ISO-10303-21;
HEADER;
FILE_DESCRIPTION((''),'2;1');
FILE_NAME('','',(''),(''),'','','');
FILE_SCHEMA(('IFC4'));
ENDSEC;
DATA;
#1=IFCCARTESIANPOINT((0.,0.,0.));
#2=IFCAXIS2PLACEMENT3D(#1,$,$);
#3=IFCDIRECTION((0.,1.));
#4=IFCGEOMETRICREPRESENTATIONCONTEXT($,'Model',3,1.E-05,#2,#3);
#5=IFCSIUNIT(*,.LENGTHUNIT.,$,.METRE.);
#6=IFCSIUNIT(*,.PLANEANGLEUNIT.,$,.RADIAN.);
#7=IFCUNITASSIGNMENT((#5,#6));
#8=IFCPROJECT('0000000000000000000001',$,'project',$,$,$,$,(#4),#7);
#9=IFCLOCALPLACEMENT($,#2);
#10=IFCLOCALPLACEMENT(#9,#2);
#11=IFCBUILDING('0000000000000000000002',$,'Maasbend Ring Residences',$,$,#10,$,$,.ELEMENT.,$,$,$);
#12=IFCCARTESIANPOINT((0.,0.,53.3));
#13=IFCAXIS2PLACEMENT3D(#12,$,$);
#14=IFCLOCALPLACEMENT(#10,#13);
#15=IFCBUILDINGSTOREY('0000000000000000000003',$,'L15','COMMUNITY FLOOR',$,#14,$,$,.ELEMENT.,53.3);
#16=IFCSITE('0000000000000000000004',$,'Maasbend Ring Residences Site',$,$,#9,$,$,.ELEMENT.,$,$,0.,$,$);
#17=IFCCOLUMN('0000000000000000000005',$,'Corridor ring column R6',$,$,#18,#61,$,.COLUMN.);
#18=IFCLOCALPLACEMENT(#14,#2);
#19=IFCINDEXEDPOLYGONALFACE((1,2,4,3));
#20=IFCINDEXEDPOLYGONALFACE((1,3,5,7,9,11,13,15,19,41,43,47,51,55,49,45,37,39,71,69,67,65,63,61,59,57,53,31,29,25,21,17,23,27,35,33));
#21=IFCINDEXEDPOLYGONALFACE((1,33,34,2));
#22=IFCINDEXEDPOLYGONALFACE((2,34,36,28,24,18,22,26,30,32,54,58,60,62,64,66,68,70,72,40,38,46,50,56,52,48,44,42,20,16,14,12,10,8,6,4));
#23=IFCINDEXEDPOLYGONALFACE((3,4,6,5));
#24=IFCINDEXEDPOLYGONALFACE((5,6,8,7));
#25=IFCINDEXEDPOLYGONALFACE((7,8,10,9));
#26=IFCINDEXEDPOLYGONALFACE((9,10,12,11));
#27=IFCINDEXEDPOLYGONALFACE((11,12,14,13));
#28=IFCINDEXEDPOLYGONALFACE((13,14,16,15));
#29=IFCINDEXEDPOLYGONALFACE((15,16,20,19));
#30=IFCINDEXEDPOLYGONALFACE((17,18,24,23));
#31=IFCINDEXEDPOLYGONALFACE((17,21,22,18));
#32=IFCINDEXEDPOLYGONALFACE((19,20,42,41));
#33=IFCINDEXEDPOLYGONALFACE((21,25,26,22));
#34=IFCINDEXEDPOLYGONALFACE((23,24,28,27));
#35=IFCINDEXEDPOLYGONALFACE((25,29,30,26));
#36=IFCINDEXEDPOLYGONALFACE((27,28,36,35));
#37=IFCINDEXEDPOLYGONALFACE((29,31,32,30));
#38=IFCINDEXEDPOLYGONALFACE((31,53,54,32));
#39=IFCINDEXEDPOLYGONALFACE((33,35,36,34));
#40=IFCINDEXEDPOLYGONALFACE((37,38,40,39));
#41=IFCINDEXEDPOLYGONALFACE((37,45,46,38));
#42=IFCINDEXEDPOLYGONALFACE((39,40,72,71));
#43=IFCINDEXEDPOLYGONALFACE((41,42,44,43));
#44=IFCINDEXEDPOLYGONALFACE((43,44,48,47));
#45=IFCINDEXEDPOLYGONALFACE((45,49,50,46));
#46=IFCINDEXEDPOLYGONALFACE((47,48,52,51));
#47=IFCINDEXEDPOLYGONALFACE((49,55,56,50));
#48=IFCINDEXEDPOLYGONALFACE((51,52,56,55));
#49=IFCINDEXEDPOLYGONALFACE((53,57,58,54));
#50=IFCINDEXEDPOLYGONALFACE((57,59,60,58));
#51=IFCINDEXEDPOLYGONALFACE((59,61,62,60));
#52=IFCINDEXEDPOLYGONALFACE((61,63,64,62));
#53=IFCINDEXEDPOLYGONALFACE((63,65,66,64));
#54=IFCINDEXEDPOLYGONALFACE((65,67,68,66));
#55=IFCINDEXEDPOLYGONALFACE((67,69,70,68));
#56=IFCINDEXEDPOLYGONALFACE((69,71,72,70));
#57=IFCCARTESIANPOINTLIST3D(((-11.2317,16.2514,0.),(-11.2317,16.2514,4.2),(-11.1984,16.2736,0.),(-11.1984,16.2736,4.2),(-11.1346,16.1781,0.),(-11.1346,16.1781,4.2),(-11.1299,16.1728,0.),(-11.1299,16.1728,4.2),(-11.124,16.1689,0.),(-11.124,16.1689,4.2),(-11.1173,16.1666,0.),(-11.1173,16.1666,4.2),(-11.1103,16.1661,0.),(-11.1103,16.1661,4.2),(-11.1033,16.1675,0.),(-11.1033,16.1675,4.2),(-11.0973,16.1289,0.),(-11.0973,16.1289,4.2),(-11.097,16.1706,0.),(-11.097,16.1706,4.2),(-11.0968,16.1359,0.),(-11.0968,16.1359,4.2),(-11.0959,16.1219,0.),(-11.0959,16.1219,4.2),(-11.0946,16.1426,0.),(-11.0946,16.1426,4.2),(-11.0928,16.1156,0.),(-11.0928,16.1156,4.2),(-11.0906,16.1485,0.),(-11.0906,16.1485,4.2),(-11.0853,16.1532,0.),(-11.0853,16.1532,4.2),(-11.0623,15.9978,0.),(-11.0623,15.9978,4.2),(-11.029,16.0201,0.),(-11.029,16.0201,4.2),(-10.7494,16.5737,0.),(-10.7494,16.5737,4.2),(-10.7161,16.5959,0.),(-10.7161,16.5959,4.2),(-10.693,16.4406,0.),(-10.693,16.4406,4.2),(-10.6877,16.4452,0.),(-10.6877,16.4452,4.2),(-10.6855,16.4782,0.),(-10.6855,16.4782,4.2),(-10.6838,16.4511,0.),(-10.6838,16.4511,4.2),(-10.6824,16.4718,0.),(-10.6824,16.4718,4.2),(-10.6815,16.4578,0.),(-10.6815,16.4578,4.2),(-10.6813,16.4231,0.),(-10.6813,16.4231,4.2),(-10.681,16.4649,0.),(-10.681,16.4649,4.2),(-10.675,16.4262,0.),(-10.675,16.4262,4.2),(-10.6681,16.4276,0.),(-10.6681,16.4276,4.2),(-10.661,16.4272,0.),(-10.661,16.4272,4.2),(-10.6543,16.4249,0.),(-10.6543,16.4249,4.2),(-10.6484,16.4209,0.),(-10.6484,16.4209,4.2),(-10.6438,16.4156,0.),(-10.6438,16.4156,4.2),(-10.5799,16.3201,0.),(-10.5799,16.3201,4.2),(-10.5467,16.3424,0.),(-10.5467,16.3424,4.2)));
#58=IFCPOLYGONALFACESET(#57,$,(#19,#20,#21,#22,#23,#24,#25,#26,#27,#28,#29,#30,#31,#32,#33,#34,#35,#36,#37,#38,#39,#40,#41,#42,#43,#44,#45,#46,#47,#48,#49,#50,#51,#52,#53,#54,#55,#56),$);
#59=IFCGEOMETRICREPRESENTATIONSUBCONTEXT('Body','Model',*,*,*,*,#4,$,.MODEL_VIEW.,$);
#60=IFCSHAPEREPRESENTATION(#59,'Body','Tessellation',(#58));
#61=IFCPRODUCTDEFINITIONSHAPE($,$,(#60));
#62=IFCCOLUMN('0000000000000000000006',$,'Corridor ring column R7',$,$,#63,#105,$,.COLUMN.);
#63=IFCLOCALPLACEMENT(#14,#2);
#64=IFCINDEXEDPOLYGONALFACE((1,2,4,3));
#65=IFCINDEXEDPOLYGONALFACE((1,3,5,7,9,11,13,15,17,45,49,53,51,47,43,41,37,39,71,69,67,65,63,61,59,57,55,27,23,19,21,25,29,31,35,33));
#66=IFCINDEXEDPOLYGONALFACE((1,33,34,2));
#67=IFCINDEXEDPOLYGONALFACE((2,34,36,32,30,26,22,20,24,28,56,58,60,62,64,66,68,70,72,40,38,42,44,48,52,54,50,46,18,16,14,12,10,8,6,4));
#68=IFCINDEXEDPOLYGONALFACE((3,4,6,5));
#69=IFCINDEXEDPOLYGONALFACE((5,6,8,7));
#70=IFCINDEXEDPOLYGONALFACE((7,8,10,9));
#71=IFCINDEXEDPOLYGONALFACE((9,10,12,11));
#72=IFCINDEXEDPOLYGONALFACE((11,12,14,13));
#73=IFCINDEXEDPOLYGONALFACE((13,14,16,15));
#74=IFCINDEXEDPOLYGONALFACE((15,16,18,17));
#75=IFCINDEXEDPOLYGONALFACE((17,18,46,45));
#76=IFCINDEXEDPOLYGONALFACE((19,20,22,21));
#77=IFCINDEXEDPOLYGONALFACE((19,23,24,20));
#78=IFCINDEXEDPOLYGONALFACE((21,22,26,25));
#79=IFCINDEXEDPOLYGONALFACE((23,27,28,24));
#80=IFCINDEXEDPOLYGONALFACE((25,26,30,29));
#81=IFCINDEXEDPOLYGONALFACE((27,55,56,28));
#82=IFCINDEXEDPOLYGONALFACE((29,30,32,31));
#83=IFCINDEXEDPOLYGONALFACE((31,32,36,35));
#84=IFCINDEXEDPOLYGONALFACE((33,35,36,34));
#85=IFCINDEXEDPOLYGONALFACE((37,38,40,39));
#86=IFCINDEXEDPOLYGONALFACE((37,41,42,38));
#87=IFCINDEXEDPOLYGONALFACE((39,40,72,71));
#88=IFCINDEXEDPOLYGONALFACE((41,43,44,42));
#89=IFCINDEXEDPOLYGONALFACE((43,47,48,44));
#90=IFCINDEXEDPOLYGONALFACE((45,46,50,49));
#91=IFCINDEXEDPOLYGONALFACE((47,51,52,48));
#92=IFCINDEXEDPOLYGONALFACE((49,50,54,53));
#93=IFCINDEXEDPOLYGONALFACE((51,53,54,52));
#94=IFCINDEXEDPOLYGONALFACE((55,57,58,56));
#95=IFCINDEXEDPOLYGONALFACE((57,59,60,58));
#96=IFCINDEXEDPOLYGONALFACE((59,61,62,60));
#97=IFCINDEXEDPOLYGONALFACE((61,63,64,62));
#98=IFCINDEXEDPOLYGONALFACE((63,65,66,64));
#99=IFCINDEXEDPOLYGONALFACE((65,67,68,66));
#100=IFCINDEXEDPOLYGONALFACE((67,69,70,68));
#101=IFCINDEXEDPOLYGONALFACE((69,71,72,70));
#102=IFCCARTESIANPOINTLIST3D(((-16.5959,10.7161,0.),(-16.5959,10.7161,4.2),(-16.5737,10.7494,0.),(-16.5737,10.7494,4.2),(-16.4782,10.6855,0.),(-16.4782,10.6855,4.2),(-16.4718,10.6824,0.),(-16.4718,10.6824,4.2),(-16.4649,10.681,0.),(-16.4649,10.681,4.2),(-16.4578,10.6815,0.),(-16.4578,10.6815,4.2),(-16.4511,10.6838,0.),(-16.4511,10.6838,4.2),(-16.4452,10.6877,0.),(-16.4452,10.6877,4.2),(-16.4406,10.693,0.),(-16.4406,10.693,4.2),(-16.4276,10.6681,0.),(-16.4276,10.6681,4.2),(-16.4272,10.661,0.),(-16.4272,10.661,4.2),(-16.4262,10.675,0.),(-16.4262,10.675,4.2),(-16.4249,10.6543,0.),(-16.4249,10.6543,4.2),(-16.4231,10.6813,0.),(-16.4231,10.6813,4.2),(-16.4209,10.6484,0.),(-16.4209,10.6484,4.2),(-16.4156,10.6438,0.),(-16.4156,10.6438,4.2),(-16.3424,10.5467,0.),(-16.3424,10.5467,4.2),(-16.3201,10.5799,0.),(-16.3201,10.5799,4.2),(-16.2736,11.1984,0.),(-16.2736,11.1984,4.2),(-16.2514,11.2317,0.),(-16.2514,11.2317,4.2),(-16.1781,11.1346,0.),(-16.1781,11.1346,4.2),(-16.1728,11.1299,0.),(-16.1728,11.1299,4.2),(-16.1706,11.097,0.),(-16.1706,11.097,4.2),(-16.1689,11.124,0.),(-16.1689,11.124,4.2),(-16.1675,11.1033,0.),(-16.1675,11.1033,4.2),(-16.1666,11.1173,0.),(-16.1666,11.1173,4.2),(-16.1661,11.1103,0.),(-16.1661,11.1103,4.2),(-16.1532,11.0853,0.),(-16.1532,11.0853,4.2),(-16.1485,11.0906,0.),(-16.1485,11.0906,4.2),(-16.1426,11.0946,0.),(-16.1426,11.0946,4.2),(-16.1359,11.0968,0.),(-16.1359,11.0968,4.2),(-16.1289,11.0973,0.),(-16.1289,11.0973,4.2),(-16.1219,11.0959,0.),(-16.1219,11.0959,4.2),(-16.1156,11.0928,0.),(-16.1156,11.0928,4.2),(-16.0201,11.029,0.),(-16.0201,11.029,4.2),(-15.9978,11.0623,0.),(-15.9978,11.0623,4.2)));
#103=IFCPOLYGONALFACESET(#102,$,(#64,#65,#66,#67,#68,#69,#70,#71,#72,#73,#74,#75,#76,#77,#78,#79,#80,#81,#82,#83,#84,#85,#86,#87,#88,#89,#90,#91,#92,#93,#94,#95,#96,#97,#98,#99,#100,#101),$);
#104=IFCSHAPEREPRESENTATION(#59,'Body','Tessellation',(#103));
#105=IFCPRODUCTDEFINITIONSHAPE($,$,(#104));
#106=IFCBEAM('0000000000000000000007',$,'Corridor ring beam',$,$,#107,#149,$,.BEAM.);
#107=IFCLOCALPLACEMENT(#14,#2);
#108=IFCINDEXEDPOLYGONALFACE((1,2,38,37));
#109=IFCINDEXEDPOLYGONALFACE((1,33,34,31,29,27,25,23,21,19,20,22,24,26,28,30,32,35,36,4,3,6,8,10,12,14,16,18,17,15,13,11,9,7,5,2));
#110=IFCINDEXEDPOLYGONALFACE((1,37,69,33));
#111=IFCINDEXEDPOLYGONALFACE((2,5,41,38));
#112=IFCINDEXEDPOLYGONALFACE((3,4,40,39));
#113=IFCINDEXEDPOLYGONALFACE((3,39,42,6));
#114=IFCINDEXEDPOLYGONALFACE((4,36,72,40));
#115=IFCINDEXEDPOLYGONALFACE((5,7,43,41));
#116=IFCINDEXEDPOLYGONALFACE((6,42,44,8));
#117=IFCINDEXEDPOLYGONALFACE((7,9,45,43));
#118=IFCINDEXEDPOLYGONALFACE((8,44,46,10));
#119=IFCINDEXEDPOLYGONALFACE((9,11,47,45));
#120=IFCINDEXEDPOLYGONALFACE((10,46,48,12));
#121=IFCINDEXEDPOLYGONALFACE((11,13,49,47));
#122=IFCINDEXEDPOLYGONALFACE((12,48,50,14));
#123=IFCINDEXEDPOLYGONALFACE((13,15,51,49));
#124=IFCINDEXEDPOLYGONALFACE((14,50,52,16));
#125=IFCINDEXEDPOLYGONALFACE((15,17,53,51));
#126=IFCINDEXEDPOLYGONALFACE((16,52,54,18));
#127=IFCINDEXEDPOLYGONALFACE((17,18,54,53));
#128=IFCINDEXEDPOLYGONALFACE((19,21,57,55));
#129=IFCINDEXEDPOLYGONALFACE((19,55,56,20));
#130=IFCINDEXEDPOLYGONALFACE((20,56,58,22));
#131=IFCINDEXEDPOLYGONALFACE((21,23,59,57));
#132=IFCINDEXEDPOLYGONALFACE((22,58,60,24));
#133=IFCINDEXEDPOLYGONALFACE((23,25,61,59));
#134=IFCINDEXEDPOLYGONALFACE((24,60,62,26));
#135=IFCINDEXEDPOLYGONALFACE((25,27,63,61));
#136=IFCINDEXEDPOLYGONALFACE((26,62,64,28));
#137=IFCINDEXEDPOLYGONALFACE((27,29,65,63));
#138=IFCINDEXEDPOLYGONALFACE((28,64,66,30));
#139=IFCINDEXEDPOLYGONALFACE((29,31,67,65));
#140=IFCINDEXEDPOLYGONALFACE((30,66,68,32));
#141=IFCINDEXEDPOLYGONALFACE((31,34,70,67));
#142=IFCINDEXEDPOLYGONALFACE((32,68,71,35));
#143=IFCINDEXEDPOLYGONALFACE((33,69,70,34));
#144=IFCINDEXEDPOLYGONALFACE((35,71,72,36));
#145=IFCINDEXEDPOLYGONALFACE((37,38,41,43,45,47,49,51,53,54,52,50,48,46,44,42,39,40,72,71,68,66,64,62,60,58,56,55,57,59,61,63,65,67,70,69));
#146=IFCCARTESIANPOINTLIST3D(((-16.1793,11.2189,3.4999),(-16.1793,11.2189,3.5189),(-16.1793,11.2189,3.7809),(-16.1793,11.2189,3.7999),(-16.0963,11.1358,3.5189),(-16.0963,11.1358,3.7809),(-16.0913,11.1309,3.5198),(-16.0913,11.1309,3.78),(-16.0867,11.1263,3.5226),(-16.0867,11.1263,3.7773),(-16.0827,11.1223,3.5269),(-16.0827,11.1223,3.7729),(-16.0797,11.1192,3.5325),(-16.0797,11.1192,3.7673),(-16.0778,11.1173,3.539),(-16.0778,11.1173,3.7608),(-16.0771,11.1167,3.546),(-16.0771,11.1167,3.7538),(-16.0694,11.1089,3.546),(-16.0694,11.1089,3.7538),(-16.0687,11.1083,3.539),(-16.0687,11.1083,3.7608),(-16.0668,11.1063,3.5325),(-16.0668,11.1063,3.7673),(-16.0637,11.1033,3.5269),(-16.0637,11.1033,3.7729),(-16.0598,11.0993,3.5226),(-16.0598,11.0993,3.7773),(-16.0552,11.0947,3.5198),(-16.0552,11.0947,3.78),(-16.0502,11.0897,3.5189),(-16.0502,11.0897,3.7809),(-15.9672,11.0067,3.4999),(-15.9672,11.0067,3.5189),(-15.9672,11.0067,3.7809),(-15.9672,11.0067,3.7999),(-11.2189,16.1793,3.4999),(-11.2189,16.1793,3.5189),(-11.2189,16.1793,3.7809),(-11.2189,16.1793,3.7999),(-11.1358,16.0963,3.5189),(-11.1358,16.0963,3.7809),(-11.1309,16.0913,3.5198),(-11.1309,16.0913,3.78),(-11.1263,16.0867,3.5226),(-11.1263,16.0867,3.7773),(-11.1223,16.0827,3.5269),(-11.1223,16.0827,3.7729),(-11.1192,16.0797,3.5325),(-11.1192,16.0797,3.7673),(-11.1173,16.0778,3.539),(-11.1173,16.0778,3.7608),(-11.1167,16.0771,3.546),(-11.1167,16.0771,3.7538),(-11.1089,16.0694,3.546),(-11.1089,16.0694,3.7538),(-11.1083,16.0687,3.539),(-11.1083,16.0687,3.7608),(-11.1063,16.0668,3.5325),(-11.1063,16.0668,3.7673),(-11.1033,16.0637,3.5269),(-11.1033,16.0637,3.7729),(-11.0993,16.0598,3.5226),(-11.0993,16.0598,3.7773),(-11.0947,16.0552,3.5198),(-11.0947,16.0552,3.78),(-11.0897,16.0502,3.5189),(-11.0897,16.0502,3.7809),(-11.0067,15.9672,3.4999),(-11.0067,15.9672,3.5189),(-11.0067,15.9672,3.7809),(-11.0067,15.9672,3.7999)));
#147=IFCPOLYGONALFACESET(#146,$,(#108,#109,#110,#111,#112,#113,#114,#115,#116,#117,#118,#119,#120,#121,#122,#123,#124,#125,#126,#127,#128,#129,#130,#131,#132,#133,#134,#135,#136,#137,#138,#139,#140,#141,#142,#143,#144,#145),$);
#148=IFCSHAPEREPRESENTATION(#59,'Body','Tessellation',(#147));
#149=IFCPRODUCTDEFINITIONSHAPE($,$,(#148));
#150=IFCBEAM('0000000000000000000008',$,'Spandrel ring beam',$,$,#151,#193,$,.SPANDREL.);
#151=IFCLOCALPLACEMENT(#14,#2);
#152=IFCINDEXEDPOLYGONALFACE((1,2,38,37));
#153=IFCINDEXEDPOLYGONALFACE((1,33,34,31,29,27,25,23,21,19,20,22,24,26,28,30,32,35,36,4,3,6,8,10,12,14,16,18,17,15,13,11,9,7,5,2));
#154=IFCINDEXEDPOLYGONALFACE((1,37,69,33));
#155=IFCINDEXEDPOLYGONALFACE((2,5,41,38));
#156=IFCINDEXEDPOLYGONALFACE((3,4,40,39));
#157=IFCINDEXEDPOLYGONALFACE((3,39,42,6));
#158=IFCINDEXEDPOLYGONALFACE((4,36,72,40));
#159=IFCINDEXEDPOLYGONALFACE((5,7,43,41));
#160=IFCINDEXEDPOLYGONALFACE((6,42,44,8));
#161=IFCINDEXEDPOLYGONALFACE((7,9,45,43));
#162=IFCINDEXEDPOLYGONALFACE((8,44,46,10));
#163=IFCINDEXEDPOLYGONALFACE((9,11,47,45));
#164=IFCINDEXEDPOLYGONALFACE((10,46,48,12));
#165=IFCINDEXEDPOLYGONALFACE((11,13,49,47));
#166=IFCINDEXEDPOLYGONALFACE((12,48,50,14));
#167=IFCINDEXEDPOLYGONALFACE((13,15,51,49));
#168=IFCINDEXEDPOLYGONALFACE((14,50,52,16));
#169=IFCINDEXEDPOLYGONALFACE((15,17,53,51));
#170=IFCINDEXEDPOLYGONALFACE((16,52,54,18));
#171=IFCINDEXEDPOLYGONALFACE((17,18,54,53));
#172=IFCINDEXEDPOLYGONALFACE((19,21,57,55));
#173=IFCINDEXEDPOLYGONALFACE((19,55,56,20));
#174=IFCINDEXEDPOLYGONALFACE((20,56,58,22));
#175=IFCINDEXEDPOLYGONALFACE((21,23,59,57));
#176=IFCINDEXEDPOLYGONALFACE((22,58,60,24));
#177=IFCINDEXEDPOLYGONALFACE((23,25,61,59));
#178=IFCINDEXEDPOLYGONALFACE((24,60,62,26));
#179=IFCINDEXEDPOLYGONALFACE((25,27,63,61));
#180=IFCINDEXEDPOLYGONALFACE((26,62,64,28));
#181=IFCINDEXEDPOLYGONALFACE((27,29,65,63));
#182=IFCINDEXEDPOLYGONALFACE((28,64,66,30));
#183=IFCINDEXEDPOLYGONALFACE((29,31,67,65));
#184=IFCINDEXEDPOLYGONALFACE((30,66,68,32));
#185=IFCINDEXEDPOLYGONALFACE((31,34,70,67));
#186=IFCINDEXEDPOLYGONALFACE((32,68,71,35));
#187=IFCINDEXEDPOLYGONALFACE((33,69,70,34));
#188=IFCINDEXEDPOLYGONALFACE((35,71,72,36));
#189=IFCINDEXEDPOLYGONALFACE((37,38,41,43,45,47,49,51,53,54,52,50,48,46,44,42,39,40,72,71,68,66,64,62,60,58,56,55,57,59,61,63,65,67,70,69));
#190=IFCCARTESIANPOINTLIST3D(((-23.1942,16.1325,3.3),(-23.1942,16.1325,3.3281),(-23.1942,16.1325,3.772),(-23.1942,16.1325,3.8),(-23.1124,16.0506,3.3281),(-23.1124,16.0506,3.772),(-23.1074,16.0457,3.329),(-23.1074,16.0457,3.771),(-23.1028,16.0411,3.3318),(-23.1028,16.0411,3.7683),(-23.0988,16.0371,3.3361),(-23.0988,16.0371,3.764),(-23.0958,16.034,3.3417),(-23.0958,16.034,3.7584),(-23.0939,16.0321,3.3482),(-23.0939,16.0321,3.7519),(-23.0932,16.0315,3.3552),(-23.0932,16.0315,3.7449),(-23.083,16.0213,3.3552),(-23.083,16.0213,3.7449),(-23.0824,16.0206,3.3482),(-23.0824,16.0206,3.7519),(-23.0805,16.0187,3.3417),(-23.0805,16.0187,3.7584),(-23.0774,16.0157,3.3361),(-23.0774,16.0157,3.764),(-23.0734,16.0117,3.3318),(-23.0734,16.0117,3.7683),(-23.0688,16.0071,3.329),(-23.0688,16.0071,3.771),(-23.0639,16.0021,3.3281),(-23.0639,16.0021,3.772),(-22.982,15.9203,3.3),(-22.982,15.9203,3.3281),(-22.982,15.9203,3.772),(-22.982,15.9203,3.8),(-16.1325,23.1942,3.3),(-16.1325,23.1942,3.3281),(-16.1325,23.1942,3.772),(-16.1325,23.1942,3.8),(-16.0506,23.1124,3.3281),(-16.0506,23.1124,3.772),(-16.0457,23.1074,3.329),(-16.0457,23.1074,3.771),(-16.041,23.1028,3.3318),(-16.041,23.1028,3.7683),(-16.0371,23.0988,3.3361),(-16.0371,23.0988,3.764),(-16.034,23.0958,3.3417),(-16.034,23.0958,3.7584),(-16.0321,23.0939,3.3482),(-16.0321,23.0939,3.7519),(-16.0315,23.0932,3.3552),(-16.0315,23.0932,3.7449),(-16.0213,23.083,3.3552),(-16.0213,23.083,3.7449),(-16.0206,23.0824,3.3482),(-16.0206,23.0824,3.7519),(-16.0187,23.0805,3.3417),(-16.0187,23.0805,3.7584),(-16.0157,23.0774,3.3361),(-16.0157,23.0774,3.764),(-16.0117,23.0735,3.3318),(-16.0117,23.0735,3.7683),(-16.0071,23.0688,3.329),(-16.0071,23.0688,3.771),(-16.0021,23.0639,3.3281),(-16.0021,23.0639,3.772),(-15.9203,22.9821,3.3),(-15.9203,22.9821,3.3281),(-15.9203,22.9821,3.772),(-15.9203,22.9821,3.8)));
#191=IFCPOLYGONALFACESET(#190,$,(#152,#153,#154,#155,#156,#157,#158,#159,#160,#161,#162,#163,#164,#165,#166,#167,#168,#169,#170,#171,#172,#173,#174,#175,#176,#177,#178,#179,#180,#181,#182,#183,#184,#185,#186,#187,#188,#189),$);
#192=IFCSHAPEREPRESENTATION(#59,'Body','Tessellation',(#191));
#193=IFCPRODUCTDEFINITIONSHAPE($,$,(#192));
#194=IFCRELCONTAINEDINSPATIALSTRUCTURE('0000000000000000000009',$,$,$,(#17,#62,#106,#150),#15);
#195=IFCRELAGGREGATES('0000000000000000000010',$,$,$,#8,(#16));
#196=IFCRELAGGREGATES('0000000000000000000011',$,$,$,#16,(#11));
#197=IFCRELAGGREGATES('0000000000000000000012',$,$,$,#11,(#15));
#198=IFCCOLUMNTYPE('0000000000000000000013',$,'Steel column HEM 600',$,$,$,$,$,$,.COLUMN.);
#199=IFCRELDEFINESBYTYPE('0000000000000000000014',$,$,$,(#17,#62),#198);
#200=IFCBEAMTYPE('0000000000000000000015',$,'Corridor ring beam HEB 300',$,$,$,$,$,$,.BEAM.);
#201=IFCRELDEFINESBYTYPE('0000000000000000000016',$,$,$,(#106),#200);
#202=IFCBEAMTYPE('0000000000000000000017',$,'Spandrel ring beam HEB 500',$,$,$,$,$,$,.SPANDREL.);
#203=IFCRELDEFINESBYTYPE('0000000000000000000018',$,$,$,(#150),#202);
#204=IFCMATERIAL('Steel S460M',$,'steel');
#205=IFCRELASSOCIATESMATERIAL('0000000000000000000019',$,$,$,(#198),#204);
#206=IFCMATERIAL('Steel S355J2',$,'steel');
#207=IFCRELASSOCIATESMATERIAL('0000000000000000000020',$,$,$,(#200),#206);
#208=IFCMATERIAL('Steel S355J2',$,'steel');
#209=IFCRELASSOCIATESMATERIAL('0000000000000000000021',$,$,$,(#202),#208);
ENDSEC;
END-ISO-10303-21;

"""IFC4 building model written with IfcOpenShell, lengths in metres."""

from ifc_helpers import new_model, si_unit, direction, frame, origin, origin_2d, place, context, subcontext, project, spatial, i_section, extrude, material, material_profile, profile_set, type_object, element, save


model = new_model("IFC4")

# Units and contexts
model_context = context("Model", 3, precision=1e-05, world=origin(), true_north=direction((0.0, 1.0)))
body_context = subcontext(model_context, "Body", "Model", "MODEL_VIEW")
ifc_project = project(units=[si_unit("LENGTHUNIT", "METRE"), si_unit("PLANEANGLEUNIT", "RADIAN")], contexts=[model_context])

# Site, building, storey
site_placement = place(None, origin())
site = spatial("IfcSite", under=ifc_project, at=site_placement, Name="Maasbend Ring Residences Site", CompositionType="ELEMENT", RefElevation=0.0)
building_placement = place(site_placement, origin())
building = spatial("IfcBuilding", under=site, at=building_placement, Name="Maasbend Ring Residences", CompositionType="ELEMENT")
storey_placement = place(building_placement, frame((0.0, 0.0, 53.3)))
storey = spatial("IfcBuildingStorey", under=building, at=storey_placement, Name="L15", Description="COMMUNITY FLOOR", CompositionType="ELEMENT", Elevation=53.3)

# Columns
ifc_material_1 = material(Name="Steel S460M", Category="steel")
ifc_material_profile_1 = material_profile(ifc_material_1, i_section(OverallWidth=0.3049, OverallDepth=0.6201, WebThickness=0.021, FlangeThickness=0.04, FilletRadius=0.0271, at=origin_2d()), Name="HEM 600")
ifc_profile_set_1 = profile_set([ifc_material_profile_1], Name="Steel S460M")
column_type_1 = type_object("IfcColumnType", Name="Steel column HEM 600", PredefinedType="COLUMN", material=ifc_profile_set_1)
for number, where, z_axis, x_axis, name in (
    (1, (-10.8892, 16.2969, 0.0), (0.0, 0.0, 1.0), (-0.55557, 0.83147, 0.0), "Corridor ring column R6"),
    (2, (-16.2969, 10.8892, 0.0), (0.0, 0.0, 1.0), (-0.83147, 0.55557, 0.0), "Corridor ring column R7"),
):
    element("IfcColumn", number, at=place(storey_placement, frame(where, z_axis=z_axis, x_axis=x_axis)), inside=storey, type_object=column_type_1, Name=name, PredefinedType="COLUMN", context=body_context, shape_type="SweptSolid", body=[
        extrude(i_section(OverallWidth=0.3049, OverallDepth=0.6201, WebThickness=0.021, FlangeThickness=0.04, FilletRadius=0.0271, at=origin_2d()), origin(), (0.0, 0.0, 1.0), 4.2),
    ])

# Beams
ifc_material_2 = material(Name="Steel S355J2", Category="steel")
ifc_material_profile_2 = material_profile(ifc_material_2, i_section(OverallWidth=0.3, OverallDepth=0.3, WebThickness=0.011, FlangeThickness=0.019, FilletRadius=0.0271, at=origin_2d()), Name="HEB 300")
ifc_profile_set_2 = profile_set([ifc_material_profile_2], Name="Steel S355J2")
beam_type_1 = type_object("IfcBeamType", Name="Corridor ring beam HEB 300", PredefinedType="BEAM", material=ifc_profile_set_2)
beam_1_placement = place(storey_placement, frame((-11.1128, 16.0732, 3.6499), z_axis=(-0.707107, -0.707107, 0.0), x_axis=(0.707107, -0.707107, 0.0)))
element("IfcBeam", 3, at=beam_1_placement, inside=storey, type_object=beam_type_1, Name="Corridor ring beam", PredefinedType="BEAM", context=body_context, shape_type="SweptSolid", body=[
    extrude(i_section(OverallWidth=0.3, OverallDepth=0.3, WebThickness=0.011, FlangeThickness=0.019, FilletRadius=0.0271, at=origin_2d()), origin(), (0.0, 0.0, 1.0), 7.0151),
])
ifc_material_3 = material(Name="Steel S355J2", Category="steel")
ifc_material_profile_3 = material_profile(ifc_material_3, i_section(OverallWidth=0.3, OverallDepth=0.5, WebThickness=0.0144, FlangeThickness=0.0281, FilletRadius=0.0271, at=origin_2d()), Name="HEB 500")
ifc_profile_set_3 = profile_set([ifc_material_profile_3], Name="Steel S355J2")
beam_type_2 = type_object("IfcBeamType", Name="Spandrel ring beam HEB 500", PredefinedType="SPANDREL", material=ifc_profile_set_3)
beam_2_placement = place(storey_placement, frame((-16.0264, 23.0881, 3.55), z_axis=(-0.707107, -0.707107, 0.0), x_axis=(0.707107, -0.707107, 0.0)))
element("IfcBeam", 4, at=beam_2_placement, inside=storey, type_object=beam_type_2, Name="Spandrel ring beam", PredefinedType="SPANDREL", context=body_context, shape_type="SweptSolid", body=[
    extrude(i_section(OverallWidth=0.3, OverallDepth=0.5, WebThickness=0.0144, FlangeThickness=0.0281, FilletRadius=0.0271, at=origin_2d()), origin(), (0.0, 0.0, 1.0), 9.9868),
])

save(model, "model.ifc")
